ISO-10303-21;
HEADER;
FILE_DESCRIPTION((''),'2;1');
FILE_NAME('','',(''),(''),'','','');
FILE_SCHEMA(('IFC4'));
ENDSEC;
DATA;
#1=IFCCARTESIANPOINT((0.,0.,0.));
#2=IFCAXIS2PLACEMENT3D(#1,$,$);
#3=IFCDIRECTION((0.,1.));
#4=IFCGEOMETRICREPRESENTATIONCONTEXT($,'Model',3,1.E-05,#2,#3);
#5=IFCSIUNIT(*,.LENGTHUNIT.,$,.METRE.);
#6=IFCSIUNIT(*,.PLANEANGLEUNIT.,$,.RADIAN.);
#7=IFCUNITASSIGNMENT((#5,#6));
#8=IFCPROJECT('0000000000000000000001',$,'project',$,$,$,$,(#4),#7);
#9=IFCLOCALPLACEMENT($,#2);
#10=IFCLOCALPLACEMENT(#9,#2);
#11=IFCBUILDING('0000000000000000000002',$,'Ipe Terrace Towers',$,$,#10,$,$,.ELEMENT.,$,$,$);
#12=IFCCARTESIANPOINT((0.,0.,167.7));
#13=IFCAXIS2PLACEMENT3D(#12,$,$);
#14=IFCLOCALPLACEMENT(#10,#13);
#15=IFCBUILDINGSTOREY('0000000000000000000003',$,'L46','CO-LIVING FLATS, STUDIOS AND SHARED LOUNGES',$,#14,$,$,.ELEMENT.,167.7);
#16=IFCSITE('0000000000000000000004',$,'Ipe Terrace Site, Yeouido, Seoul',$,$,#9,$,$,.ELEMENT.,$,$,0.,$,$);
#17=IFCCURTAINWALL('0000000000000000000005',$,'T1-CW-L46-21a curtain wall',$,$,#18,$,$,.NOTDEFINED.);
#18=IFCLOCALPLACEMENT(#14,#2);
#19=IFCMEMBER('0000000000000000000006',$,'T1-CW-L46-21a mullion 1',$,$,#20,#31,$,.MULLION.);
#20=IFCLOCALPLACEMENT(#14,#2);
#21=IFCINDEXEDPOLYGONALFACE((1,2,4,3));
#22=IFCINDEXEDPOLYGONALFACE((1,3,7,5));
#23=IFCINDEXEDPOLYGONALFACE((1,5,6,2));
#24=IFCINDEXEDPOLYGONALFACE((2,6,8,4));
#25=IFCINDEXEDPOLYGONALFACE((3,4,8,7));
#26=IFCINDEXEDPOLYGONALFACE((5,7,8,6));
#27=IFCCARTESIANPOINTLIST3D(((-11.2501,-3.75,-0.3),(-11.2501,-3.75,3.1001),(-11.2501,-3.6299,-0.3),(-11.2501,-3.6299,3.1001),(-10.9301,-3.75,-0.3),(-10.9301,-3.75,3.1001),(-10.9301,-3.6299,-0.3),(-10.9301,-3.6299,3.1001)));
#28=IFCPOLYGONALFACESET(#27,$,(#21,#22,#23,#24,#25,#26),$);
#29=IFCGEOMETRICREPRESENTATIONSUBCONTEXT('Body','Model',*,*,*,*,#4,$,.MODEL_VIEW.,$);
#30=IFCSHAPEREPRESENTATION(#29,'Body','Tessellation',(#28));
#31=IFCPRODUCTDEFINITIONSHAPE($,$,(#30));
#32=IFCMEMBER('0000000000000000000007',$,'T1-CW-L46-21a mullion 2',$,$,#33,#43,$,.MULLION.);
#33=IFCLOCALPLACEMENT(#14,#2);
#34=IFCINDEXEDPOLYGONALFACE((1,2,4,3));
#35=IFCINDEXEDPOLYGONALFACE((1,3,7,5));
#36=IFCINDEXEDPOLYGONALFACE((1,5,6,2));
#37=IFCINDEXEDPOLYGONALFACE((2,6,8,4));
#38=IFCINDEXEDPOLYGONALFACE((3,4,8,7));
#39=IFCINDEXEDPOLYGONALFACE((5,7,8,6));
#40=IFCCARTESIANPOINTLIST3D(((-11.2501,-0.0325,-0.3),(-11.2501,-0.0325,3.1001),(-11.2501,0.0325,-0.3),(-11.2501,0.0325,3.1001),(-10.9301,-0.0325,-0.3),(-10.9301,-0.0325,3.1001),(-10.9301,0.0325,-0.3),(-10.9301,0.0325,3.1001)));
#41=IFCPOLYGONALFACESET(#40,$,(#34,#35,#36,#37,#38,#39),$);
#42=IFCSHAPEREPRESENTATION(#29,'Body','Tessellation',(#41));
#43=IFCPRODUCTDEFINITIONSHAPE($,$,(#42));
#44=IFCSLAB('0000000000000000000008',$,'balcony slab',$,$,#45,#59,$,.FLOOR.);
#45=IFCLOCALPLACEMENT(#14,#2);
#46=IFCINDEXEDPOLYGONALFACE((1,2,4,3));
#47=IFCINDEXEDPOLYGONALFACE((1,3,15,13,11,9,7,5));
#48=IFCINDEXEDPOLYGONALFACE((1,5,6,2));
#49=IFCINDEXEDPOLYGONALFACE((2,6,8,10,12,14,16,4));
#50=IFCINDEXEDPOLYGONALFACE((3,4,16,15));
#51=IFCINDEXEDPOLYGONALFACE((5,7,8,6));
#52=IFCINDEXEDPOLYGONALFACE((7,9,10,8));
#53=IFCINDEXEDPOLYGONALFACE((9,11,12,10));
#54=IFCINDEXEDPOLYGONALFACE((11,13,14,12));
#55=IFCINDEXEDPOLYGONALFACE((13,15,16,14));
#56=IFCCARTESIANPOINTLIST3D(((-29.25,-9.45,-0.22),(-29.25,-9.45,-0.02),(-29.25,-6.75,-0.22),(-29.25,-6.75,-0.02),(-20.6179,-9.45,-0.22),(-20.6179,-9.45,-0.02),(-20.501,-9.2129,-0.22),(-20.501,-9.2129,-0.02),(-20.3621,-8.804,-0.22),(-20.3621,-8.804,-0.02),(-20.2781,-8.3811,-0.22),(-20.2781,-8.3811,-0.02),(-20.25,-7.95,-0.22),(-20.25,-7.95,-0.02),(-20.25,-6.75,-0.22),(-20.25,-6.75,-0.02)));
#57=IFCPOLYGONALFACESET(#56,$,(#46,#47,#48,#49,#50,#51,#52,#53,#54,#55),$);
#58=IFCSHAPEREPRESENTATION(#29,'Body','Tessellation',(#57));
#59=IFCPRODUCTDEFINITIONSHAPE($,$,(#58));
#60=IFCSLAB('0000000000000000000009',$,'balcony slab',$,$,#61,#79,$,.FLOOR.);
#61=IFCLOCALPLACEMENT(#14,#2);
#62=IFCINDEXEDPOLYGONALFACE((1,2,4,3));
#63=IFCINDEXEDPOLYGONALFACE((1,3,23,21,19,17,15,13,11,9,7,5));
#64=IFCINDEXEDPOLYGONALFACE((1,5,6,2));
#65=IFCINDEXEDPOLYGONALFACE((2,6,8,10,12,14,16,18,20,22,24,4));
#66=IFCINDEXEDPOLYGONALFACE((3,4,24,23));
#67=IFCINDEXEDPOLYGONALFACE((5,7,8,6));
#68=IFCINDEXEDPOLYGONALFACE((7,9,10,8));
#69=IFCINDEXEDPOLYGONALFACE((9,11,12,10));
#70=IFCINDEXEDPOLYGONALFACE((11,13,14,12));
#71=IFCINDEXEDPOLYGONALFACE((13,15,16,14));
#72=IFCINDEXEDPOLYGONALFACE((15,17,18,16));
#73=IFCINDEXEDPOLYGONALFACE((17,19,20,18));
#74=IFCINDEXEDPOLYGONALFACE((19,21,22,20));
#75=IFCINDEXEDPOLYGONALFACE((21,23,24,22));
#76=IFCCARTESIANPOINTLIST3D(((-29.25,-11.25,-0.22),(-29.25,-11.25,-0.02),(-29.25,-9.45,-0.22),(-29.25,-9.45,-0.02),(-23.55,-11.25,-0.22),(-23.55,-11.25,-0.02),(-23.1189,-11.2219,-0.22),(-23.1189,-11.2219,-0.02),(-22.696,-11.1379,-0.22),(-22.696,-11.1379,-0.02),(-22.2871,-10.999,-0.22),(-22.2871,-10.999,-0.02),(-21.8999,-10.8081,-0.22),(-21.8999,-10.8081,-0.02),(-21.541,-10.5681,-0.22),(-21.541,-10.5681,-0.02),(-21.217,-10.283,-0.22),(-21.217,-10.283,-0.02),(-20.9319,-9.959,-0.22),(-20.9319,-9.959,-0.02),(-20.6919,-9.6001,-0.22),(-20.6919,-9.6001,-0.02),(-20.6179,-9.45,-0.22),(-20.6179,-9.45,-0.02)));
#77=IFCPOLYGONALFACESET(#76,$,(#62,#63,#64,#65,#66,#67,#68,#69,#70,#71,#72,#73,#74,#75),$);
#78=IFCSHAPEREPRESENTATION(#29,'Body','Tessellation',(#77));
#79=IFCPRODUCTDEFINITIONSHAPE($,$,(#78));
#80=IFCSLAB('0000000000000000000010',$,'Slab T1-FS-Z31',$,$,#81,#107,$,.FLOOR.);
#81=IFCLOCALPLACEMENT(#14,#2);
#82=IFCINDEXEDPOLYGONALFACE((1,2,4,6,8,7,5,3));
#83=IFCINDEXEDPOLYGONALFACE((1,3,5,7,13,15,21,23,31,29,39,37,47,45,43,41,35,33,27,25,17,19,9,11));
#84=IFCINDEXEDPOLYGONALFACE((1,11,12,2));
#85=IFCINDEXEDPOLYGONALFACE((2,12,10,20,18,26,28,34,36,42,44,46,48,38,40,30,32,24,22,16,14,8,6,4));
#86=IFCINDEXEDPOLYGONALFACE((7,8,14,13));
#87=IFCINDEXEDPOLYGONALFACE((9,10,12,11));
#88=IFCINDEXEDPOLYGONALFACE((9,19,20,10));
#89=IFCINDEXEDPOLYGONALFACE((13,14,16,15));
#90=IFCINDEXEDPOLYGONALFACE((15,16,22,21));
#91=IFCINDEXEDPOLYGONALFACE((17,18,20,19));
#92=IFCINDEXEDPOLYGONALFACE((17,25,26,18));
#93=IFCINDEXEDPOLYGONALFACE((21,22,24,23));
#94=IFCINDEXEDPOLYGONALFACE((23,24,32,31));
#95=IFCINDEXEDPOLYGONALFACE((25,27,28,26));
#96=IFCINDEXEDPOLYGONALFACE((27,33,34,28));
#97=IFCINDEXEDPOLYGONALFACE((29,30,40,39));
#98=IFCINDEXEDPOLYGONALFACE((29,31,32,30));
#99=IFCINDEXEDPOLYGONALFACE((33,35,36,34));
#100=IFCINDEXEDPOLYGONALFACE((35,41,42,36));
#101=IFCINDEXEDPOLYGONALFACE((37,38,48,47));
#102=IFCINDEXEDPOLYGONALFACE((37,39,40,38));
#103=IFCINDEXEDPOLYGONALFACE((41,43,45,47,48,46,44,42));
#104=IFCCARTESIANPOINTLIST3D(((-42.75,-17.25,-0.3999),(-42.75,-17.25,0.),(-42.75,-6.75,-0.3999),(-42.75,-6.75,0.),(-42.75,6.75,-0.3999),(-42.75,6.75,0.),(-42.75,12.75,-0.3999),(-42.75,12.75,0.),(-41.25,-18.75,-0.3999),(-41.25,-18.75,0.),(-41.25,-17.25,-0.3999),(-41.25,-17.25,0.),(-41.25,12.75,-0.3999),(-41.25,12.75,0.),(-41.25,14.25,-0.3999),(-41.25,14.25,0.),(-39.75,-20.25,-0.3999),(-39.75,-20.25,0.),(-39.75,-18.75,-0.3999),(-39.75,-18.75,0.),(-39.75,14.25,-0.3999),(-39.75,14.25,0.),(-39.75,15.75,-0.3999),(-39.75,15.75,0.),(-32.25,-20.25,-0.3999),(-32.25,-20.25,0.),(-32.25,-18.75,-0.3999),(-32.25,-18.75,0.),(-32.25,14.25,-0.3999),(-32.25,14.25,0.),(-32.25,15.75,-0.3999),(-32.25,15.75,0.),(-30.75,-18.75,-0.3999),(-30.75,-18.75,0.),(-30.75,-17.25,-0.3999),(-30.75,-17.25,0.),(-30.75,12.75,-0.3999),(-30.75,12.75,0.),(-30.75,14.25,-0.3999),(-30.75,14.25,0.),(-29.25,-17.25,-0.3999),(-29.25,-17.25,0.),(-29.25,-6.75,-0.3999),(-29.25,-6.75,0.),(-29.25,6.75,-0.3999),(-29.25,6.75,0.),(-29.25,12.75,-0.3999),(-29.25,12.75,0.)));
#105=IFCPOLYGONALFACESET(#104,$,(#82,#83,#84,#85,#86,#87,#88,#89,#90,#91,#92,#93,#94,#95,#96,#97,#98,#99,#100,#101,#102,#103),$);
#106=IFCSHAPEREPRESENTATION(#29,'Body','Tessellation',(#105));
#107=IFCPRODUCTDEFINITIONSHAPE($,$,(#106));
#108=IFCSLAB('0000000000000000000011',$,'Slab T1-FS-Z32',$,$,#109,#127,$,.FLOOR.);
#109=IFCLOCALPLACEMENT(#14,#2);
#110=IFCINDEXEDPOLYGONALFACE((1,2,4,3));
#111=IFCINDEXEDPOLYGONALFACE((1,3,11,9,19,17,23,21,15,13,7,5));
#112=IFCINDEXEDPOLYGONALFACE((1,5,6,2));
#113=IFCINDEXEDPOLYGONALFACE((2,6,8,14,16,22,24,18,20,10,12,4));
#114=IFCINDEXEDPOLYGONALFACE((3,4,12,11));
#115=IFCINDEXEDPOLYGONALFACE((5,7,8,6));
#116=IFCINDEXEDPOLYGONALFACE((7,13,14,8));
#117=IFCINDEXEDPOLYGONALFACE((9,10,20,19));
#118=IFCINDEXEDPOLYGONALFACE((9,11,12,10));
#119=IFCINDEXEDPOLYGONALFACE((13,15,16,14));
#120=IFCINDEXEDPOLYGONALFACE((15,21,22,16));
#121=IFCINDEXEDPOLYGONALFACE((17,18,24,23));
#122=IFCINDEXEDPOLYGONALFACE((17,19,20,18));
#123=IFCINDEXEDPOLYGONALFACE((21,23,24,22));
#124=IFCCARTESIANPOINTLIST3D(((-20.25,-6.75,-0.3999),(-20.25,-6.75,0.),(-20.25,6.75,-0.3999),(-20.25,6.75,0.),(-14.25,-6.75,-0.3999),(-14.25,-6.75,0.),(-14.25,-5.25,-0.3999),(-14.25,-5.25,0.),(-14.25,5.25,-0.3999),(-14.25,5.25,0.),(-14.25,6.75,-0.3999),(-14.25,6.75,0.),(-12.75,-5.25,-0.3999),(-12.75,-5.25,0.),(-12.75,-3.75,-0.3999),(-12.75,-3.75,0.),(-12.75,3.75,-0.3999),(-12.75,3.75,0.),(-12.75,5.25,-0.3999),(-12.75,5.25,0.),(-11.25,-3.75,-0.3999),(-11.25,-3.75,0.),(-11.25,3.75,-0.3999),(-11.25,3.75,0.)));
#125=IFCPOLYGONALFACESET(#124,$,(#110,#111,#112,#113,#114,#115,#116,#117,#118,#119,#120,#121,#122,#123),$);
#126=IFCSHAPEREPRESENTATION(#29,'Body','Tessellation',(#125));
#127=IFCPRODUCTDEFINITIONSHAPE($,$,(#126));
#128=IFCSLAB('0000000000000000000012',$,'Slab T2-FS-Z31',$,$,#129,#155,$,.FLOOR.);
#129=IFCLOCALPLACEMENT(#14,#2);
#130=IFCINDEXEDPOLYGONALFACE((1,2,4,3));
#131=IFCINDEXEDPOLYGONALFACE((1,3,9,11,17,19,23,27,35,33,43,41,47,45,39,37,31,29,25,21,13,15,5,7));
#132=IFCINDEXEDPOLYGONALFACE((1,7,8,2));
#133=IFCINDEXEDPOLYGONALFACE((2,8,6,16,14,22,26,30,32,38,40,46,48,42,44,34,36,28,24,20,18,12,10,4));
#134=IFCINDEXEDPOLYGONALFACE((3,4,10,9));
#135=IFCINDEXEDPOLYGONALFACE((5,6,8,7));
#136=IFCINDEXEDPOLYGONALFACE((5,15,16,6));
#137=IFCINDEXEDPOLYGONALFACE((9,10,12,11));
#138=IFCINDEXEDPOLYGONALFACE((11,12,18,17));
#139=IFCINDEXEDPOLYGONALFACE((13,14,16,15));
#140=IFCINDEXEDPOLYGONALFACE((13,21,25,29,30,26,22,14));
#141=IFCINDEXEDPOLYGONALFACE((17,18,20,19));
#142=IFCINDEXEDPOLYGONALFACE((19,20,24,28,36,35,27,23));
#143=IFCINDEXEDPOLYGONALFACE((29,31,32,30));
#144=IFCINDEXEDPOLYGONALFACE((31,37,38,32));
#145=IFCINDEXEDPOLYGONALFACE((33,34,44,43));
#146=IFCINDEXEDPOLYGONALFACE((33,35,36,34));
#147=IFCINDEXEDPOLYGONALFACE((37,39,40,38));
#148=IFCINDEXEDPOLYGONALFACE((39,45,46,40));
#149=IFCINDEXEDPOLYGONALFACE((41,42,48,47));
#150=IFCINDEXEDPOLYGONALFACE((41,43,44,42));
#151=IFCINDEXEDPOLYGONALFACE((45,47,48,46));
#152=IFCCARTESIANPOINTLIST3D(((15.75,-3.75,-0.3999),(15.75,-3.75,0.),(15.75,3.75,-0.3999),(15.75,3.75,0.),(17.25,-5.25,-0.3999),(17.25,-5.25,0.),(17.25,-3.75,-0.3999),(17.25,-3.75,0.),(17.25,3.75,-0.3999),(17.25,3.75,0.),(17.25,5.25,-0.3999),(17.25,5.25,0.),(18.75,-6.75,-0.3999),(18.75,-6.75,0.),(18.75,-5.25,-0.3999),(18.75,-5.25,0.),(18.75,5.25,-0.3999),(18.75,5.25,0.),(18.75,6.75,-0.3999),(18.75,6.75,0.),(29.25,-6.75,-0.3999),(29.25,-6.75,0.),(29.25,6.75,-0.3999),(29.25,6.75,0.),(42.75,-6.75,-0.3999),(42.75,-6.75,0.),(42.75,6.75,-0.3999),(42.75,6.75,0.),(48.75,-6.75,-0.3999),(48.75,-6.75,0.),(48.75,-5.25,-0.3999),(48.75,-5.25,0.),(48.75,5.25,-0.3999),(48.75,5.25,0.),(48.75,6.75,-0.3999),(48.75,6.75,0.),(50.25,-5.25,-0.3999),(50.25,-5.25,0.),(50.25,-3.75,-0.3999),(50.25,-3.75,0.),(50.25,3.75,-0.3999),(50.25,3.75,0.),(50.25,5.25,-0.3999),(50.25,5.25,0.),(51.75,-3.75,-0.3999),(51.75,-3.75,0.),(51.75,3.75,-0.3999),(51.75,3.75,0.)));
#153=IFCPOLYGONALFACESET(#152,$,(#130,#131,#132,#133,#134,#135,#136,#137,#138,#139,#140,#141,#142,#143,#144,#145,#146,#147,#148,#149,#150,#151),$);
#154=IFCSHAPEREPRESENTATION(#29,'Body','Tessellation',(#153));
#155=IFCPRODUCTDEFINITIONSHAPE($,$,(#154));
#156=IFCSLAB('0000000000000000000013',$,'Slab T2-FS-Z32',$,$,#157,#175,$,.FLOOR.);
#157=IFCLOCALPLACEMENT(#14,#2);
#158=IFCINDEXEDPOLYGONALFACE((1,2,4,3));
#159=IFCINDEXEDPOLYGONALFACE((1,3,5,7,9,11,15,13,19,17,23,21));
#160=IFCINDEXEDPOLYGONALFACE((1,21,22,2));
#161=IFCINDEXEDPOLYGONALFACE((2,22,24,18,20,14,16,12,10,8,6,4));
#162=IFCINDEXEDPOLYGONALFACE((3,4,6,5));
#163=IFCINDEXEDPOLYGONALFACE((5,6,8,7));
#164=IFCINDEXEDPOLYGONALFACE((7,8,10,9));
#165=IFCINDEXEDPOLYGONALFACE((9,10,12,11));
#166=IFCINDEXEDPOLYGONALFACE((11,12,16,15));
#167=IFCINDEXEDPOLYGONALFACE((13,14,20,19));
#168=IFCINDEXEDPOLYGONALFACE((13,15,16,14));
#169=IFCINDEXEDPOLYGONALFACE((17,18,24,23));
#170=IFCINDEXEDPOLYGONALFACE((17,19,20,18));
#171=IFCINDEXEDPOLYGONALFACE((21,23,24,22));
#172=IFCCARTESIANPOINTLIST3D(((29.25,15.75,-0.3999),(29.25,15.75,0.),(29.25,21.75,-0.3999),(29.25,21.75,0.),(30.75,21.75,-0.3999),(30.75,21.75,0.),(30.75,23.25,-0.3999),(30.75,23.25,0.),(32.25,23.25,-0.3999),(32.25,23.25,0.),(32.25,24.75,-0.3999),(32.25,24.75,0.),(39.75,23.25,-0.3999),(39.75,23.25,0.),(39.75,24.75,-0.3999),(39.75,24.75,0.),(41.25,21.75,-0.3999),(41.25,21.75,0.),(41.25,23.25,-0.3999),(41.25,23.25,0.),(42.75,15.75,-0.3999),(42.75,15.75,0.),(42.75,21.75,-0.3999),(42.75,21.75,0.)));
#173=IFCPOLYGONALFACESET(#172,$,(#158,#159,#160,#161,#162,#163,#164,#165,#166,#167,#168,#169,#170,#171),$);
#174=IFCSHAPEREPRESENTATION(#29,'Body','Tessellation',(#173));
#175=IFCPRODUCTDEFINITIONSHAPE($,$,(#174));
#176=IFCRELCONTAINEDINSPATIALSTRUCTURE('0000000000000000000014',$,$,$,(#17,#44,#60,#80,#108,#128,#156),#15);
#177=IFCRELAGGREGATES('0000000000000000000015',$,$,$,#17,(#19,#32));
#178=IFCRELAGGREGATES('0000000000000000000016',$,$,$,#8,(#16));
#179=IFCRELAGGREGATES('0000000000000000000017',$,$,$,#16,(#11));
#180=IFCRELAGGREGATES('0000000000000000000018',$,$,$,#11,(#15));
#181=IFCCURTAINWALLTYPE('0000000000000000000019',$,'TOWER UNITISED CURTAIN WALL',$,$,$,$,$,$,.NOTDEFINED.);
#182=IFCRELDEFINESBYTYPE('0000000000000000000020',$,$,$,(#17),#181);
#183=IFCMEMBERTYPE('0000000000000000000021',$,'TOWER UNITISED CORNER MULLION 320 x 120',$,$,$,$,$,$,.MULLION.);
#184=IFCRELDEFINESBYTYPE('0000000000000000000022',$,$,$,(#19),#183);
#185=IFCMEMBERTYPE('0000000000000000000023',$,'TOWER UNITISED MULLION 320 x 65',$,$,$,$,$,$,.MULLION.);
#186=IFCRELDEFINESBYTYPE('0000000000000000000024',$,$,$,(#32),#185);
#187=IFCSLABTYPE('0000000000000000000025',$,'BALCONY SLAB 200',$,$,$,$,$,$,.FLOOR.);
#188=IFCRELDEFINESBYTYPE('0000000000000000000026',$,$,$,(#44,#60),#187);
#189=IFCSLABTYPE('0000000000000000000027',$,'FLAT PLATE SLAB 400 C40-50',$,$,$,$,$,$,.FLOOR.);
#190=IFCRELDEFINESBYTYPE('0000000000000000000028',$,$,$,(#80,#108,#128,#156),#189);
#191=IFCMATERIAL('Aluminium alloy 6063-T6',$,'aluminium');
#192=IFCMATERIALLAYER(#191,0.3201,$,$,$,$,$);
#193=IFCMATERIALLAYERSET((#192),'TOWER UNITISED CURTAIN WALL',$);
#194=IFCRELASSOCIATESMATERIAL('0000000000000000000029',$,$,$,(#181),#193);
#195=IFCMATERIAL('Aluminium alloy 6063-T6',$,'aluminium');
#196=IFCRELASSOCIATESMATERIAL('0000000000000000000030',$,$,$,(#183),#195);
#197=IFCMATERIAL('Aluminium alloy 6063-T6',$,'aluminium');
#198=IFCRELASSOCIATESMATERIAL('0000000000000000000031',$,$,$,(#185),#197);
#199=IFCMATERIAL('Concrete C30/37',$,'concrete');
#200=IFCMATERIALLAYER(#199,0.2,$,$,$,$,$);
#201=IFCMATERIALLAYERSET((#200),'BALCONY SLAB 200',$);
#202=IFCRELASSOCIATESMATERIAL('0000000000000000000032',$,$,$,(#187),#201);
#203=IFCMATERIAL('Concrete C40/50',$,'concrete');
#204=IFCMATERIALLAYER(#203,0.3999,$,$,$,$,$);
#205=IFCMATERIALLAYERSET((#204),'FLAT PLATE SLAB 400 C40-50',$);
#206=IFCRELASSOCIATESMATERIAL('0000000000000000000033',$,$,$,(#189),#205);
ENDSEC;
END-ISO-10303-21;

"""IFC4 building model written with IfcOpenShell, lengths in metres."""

from ifc_helpers import new_model, si_unit, direction, frame, origin, origin_2d, place, context, subcontext, project, spatial, polyline, rectangle, outline, extrude, material, layer, layer_set, material_profile, profile_set, type_object, element, aggregate, save


model = new_model("IFC4")

# Units and contexts
model_context = context("Model", 3, precision=1e-05, world=origin(), true_north=direction((0.0, 1.0)))
body_context = subcontext(model_context, "Body", "Model", "MODEL_VIEW")
ifc_project = project(units=[si_unit("LENGTHUNIT", "METRE"), si_unit("PLANEANGLEUNIT", "RADIAN")], contexts=[model_context])

# Site, building, storey
site_placement = place(None, origin())
site = spatial("IfcSite", under=ifc_project, at=site_placement, Name="Ipe Terrace Site, Yeouido, Seoul", CompositionType="ELEMENT", RefElevation=0.0)
building_placement = place(site_placement, origin())
building = spatial("IfcBuilding", under=site, at=building_placement, Name="Ipe Terrace Towers", CompositionType="ELEMENT")
storey_placement = place(building_placement, frame((0.0, 0.0, 167.7)))
storey = spatial("IfcBuildingStorey", under=building, at=storey_placement, Name="L46", Description="CO-LIVING FLATS, STUDIOS AND SHARED LOUNGES", CompositionType="ELEMENT", Elevation=167.7)

# Shared definitions
ifc_material_1 = material(Name="Aluminium alloy 6063-T6", Category="aluminium")
ifc_layer_1 = layer(ifc_material_1, 0.3201)
ifc_layer_set_1 = layer_set([ifc_layer_1], Name="TOWER UNITISED CURTAIN WALL")
curtain_wall_type = type_object("IfcCurtainWallType", Name="TOWER UNITISED CURTAIN WALL", PredefinedType="NOTDEFINED", material=ifc_layer_set_1)
ifc_material_2 = material(Name="Aluminium alloy 6063-T6", Category="aluminium")
ifc_material_profile_1 = material_profile(ifc_material_2, rectangle(XDim=0.3201, YDim=0.1201, at=origin_2d()), Name="TOWER UNITISED CORNER MULLION 320 x 120")
ifc_profile_set_1 = profile_set([ifc_material_profile_1], Name="Aluminium alloy 6063-T6")
member_type_1 = type_object("IfcMemberType", Name="TOWER UNITISED CORNER MULLION 320 x 120", PredefinedType="MULLION", material=ifc_profile_set_1)

# Curtain wall, members
curtain_wall_1_placement = place(storey_placement, origin())
curtain_wall_1 = element("IfcCurtainWall", 1, at=curtain_wall_1_placement, inside=storey, type_object=curtain_wall_type, Name="T1-CW-L46-21a curtain wall", PredefinedType="NOTDEFINED")
member_1_placement = place(storey_placement, frame((-11.0901, -3.6899, -0.3), z_axis=(0.0, 0.0, 1.0), x_axis=(1.0, 0.0, 0.0)))
member_1 = element("IfcMember", 2, at=member_1_placement, type_object=member_type_1, Name="T1-CW-L46-21a mullion 1", PredefinedType="MULLION", context=body_context, shape_type="SweptSolid", body=[
    extrude(rectangle(XDim=0.3201, YDim=0.1201, at=origin_2d()), origin(), (0.0, 0.0, 1.0), 3.4001),
])
ifc_material_3 = material(Name="Aluminium alloy 6063-T6", Category="aluminium")
ifc_material_profile_2 = material_profile(ifc_material_3, rectangle(XDim=0.3201, YDim=0.0649, at=origin_2d()), Name="TOWER UNITISED MULLION 320 x 65")
ifc_profile_set_2 = profile_set([ifc_material_profile_2], Name="Aluminium alloy 6063-T6")
member_type_2 = type_object("IfcMemberType", Name="TOWER UNITISED MULLION 320 x 65", PredefinedType="MULLION", material=ifc_profile_set_2)
member_2_placement = place(storey_placement, frame((-11.0901, 0.0, -0.3), z_axis=(0.0, 0.0, 1.0), x_axis=(1.0, 0.0, 0.0)))
member_2 = element("IfcMember", 3, at=member_2_placement, type_object=member_type_2, Name="T1-CW-L46-21a mullion 2", PredefinedType="MULLION", context=body_context, shape_type="SweptSolid", body=[
    extrude(rectangle(XDim=0.3201, YDim=0.0649, at=origin_2d()), origin(), (0.0, 0.0, 1.0), 3.4001),
])

# Slabs
ifc_material_4 = material(Name="Concrete C30/37", Category="concrete")
ifc_layer_2 = layer(ifc_material_4, 0.2)
ifc_layer_set_2 = layer_set([ifc_layer_2], Name="BALCONY SLAB 200")
slab_type_1 = type_object("IfcSlabType", Name="BALCONY SLAB 200", PredefinedType="FLOOR", material=ifc_layer_set_2)
slab_1_placement = place(storey_placement, frame((0.0, 0.0, -0.22)))
element("IfcSlab", 4, at=slab_1_placement, inside=storey, type_object=slab_type_1, Name="balcony slab", PredefinedType="FLOOR", context=body_context, shape_type="SweptSolid", body=[
    extrude(outline(polyline([(-20.501, -9.2129), (-20.3621, -8.804), (-20.2781, -8.3811), (-20.25, -7.95), (-20.25, -6.75), (-29.25, -6.75), (-29.25, -9.45), (-20.6179, -9.45), (-20.501, -9.2129)])), origin(), (0.0, 0.0, 1.0), 0.2),
])
slab_2_placement = place(storey_placement, frame((0.0, 0.0, -0.22)))
element("IfcSlab", 5, at=slab_2_placement, inside=storey, type_object=slab_type_1, Name="balcony slab", PredefinedType="FLOOR", context=body_context, shape_type="SweptSolid", body=[
    extrude(outline(polyline([(-29.25, -11.25), (-23.55, -11.25), (-23.1189, -11.2219), (-22.696, -11.1379), (-22.2871, -10.999), (-21.8999, -10.8081), (-21.541, -10.5681), (-21.217, -10.283), (-20.9319, -9.959), (-20.6919, -9.6001), (-20.6179, -9.45), (-29.25, -9.45), (-29.25, -11.25)])), origin(), (0.0, 0.0, 1.0), 0.2),
])
ifc_material_5 = material(Name="Concrete C40/50", Category="concrete")
ifc_layer_3 = layer(ifc_material_5, 0.3999)
ifc_layer_set_3 = layer_set([ifc_layer_3], Name="FLAT PLATE SLAB 400 C40-50")
slab_type_2 = type_object("IfcSlabType", Name="FLAT PLATE SLAB 400 C40-50", PredefinedType="FLOOR", material=ifc_layer_set_3)
slab_3_placement = place(storey_placement, frame((0.0, 0.0, -0.3999)))
element("IfcSlab", 6, at=slab_3_placement, inside=storey, type_object=slab_type_2, Name="Slab T1-FS-Z31", PredefinedType="FLOOR", context=body_context, shape_type="SweptSolid", body=[
    extrude(outline(polyline([(-30.75, -17.25), (-30.75, -18.75), (-32.25, -18.75), (-32.25, -20.25), (-39.75, -20.25), (-39.75, -18.75), (-41.25, -18.75), (-41.25, -17.25), (-42.75, -17.25), (-42.75, -6.75), (-42.75, 6.75), (-42.75, 12.75), (-41.25, 12.75), (-41.25, 14.25), (-39.75, 14.25), (-39.75, 15.75), (-32.25, 15.75), (-32.25, 14.25), (-30.75, 14.25), (-30.75, 12.75), (-29.25, 12.75), (-29.25, 6.75), (-29.25, -6.75), (-29.25, -17.25), (-30.75, -17.25)])), origin(), (0.0, 0.0, 1.0), 0.3999),
])
slab_4_placement = place(storey_placement, frame((0.0, 0.0, -0.3999)))
element("IfcSlab", 7, at=slab_4_placement, inside=storey, type_object=slab_type_2, Name="Slab T1-FS-Z32", PredefinedType="FLOOR", context=body_context, shape_type="SweptSolid", body=[
    extrude(outline(polyline([(-14.25, 5.25), (-12.75, 5.25), (-12.75, 3.75), (-11.25, 3.75), (-11.25, -3.75), (-12.75, -3.75), (-12.75, -5.25), (-14.25, -5.25), (-14.25, -6.75), (-20.25, -6.75), (-20.25, 6.75), (-14.25, 6.75), (-14.25, 5.25)])), origin(), (0.0, 0.0, 1.0), 0.3999),
])
slab_5_placement = place(storey_placement, frame((0.0, 0.0, -0.3999)))
element("IfcSlab", 8, at=slab_5_placement, inside=storey, type_object=slab_type_2, Name="Slab T2-FS-Z31", PredefinedType="FLOOR", context=body_context, shape_type="SweptSolid", body=[
    extrude(outline(polyline([(48.75, 5.25), (50.25, 5.25), (50.25, 3.75), (51.75, 3.75), (51.75, -3.75), (50.25, -3.75), (50.25, -5.25), (48.75, -5.25), (48.75, -6.75), (42.75, -6.75), (29.25, -6.75), (18.75, -6.75), (18.75, -5.25), (17.25, -5.25), (17.25, -3.75), (15.75, -3.75), (15.75, 3.75), (17.25, 3.75), (17.25, 5.25), (18.75, 5.25), (18.75, 6.75), (29.25, 6.75), (42.75, 6.75), (48.75, 6.75), (48.75, 5.25)])), origin(), (0.0, 0.0, 1.0), 0.3999),
])
slab_6_placement = place(storey_placement, frame((0.0, 0.0, -0.3999)))
element("IfcSlab", 9, at=slab_6_placement, inside=storey, type_object=slab_type_2, Name="Slab T2-FS-Z32", PredefinedType="FLOOR", context=body_context, shape_type="SweptSolid", body=[
    extrude(outline(polyline([(30.75, 21.75), (30.75, 23.25), (32.25, 23.25), (32.25, 24.75), (39.75, 24.75), (39.75, 23.25), (41.25, 23.25), (41.25, 21.75), (42.75, 21.75), (42.75, 15.75), (29.25, 15.75), (29.25, 21.75), (30.75, 21.75)])), origin(), (0.0, 0.0, 1.0), 0.3999),
])

aggregate(curtain_wall_1, [member_1, member_2])

save(model, "model.ifc")
